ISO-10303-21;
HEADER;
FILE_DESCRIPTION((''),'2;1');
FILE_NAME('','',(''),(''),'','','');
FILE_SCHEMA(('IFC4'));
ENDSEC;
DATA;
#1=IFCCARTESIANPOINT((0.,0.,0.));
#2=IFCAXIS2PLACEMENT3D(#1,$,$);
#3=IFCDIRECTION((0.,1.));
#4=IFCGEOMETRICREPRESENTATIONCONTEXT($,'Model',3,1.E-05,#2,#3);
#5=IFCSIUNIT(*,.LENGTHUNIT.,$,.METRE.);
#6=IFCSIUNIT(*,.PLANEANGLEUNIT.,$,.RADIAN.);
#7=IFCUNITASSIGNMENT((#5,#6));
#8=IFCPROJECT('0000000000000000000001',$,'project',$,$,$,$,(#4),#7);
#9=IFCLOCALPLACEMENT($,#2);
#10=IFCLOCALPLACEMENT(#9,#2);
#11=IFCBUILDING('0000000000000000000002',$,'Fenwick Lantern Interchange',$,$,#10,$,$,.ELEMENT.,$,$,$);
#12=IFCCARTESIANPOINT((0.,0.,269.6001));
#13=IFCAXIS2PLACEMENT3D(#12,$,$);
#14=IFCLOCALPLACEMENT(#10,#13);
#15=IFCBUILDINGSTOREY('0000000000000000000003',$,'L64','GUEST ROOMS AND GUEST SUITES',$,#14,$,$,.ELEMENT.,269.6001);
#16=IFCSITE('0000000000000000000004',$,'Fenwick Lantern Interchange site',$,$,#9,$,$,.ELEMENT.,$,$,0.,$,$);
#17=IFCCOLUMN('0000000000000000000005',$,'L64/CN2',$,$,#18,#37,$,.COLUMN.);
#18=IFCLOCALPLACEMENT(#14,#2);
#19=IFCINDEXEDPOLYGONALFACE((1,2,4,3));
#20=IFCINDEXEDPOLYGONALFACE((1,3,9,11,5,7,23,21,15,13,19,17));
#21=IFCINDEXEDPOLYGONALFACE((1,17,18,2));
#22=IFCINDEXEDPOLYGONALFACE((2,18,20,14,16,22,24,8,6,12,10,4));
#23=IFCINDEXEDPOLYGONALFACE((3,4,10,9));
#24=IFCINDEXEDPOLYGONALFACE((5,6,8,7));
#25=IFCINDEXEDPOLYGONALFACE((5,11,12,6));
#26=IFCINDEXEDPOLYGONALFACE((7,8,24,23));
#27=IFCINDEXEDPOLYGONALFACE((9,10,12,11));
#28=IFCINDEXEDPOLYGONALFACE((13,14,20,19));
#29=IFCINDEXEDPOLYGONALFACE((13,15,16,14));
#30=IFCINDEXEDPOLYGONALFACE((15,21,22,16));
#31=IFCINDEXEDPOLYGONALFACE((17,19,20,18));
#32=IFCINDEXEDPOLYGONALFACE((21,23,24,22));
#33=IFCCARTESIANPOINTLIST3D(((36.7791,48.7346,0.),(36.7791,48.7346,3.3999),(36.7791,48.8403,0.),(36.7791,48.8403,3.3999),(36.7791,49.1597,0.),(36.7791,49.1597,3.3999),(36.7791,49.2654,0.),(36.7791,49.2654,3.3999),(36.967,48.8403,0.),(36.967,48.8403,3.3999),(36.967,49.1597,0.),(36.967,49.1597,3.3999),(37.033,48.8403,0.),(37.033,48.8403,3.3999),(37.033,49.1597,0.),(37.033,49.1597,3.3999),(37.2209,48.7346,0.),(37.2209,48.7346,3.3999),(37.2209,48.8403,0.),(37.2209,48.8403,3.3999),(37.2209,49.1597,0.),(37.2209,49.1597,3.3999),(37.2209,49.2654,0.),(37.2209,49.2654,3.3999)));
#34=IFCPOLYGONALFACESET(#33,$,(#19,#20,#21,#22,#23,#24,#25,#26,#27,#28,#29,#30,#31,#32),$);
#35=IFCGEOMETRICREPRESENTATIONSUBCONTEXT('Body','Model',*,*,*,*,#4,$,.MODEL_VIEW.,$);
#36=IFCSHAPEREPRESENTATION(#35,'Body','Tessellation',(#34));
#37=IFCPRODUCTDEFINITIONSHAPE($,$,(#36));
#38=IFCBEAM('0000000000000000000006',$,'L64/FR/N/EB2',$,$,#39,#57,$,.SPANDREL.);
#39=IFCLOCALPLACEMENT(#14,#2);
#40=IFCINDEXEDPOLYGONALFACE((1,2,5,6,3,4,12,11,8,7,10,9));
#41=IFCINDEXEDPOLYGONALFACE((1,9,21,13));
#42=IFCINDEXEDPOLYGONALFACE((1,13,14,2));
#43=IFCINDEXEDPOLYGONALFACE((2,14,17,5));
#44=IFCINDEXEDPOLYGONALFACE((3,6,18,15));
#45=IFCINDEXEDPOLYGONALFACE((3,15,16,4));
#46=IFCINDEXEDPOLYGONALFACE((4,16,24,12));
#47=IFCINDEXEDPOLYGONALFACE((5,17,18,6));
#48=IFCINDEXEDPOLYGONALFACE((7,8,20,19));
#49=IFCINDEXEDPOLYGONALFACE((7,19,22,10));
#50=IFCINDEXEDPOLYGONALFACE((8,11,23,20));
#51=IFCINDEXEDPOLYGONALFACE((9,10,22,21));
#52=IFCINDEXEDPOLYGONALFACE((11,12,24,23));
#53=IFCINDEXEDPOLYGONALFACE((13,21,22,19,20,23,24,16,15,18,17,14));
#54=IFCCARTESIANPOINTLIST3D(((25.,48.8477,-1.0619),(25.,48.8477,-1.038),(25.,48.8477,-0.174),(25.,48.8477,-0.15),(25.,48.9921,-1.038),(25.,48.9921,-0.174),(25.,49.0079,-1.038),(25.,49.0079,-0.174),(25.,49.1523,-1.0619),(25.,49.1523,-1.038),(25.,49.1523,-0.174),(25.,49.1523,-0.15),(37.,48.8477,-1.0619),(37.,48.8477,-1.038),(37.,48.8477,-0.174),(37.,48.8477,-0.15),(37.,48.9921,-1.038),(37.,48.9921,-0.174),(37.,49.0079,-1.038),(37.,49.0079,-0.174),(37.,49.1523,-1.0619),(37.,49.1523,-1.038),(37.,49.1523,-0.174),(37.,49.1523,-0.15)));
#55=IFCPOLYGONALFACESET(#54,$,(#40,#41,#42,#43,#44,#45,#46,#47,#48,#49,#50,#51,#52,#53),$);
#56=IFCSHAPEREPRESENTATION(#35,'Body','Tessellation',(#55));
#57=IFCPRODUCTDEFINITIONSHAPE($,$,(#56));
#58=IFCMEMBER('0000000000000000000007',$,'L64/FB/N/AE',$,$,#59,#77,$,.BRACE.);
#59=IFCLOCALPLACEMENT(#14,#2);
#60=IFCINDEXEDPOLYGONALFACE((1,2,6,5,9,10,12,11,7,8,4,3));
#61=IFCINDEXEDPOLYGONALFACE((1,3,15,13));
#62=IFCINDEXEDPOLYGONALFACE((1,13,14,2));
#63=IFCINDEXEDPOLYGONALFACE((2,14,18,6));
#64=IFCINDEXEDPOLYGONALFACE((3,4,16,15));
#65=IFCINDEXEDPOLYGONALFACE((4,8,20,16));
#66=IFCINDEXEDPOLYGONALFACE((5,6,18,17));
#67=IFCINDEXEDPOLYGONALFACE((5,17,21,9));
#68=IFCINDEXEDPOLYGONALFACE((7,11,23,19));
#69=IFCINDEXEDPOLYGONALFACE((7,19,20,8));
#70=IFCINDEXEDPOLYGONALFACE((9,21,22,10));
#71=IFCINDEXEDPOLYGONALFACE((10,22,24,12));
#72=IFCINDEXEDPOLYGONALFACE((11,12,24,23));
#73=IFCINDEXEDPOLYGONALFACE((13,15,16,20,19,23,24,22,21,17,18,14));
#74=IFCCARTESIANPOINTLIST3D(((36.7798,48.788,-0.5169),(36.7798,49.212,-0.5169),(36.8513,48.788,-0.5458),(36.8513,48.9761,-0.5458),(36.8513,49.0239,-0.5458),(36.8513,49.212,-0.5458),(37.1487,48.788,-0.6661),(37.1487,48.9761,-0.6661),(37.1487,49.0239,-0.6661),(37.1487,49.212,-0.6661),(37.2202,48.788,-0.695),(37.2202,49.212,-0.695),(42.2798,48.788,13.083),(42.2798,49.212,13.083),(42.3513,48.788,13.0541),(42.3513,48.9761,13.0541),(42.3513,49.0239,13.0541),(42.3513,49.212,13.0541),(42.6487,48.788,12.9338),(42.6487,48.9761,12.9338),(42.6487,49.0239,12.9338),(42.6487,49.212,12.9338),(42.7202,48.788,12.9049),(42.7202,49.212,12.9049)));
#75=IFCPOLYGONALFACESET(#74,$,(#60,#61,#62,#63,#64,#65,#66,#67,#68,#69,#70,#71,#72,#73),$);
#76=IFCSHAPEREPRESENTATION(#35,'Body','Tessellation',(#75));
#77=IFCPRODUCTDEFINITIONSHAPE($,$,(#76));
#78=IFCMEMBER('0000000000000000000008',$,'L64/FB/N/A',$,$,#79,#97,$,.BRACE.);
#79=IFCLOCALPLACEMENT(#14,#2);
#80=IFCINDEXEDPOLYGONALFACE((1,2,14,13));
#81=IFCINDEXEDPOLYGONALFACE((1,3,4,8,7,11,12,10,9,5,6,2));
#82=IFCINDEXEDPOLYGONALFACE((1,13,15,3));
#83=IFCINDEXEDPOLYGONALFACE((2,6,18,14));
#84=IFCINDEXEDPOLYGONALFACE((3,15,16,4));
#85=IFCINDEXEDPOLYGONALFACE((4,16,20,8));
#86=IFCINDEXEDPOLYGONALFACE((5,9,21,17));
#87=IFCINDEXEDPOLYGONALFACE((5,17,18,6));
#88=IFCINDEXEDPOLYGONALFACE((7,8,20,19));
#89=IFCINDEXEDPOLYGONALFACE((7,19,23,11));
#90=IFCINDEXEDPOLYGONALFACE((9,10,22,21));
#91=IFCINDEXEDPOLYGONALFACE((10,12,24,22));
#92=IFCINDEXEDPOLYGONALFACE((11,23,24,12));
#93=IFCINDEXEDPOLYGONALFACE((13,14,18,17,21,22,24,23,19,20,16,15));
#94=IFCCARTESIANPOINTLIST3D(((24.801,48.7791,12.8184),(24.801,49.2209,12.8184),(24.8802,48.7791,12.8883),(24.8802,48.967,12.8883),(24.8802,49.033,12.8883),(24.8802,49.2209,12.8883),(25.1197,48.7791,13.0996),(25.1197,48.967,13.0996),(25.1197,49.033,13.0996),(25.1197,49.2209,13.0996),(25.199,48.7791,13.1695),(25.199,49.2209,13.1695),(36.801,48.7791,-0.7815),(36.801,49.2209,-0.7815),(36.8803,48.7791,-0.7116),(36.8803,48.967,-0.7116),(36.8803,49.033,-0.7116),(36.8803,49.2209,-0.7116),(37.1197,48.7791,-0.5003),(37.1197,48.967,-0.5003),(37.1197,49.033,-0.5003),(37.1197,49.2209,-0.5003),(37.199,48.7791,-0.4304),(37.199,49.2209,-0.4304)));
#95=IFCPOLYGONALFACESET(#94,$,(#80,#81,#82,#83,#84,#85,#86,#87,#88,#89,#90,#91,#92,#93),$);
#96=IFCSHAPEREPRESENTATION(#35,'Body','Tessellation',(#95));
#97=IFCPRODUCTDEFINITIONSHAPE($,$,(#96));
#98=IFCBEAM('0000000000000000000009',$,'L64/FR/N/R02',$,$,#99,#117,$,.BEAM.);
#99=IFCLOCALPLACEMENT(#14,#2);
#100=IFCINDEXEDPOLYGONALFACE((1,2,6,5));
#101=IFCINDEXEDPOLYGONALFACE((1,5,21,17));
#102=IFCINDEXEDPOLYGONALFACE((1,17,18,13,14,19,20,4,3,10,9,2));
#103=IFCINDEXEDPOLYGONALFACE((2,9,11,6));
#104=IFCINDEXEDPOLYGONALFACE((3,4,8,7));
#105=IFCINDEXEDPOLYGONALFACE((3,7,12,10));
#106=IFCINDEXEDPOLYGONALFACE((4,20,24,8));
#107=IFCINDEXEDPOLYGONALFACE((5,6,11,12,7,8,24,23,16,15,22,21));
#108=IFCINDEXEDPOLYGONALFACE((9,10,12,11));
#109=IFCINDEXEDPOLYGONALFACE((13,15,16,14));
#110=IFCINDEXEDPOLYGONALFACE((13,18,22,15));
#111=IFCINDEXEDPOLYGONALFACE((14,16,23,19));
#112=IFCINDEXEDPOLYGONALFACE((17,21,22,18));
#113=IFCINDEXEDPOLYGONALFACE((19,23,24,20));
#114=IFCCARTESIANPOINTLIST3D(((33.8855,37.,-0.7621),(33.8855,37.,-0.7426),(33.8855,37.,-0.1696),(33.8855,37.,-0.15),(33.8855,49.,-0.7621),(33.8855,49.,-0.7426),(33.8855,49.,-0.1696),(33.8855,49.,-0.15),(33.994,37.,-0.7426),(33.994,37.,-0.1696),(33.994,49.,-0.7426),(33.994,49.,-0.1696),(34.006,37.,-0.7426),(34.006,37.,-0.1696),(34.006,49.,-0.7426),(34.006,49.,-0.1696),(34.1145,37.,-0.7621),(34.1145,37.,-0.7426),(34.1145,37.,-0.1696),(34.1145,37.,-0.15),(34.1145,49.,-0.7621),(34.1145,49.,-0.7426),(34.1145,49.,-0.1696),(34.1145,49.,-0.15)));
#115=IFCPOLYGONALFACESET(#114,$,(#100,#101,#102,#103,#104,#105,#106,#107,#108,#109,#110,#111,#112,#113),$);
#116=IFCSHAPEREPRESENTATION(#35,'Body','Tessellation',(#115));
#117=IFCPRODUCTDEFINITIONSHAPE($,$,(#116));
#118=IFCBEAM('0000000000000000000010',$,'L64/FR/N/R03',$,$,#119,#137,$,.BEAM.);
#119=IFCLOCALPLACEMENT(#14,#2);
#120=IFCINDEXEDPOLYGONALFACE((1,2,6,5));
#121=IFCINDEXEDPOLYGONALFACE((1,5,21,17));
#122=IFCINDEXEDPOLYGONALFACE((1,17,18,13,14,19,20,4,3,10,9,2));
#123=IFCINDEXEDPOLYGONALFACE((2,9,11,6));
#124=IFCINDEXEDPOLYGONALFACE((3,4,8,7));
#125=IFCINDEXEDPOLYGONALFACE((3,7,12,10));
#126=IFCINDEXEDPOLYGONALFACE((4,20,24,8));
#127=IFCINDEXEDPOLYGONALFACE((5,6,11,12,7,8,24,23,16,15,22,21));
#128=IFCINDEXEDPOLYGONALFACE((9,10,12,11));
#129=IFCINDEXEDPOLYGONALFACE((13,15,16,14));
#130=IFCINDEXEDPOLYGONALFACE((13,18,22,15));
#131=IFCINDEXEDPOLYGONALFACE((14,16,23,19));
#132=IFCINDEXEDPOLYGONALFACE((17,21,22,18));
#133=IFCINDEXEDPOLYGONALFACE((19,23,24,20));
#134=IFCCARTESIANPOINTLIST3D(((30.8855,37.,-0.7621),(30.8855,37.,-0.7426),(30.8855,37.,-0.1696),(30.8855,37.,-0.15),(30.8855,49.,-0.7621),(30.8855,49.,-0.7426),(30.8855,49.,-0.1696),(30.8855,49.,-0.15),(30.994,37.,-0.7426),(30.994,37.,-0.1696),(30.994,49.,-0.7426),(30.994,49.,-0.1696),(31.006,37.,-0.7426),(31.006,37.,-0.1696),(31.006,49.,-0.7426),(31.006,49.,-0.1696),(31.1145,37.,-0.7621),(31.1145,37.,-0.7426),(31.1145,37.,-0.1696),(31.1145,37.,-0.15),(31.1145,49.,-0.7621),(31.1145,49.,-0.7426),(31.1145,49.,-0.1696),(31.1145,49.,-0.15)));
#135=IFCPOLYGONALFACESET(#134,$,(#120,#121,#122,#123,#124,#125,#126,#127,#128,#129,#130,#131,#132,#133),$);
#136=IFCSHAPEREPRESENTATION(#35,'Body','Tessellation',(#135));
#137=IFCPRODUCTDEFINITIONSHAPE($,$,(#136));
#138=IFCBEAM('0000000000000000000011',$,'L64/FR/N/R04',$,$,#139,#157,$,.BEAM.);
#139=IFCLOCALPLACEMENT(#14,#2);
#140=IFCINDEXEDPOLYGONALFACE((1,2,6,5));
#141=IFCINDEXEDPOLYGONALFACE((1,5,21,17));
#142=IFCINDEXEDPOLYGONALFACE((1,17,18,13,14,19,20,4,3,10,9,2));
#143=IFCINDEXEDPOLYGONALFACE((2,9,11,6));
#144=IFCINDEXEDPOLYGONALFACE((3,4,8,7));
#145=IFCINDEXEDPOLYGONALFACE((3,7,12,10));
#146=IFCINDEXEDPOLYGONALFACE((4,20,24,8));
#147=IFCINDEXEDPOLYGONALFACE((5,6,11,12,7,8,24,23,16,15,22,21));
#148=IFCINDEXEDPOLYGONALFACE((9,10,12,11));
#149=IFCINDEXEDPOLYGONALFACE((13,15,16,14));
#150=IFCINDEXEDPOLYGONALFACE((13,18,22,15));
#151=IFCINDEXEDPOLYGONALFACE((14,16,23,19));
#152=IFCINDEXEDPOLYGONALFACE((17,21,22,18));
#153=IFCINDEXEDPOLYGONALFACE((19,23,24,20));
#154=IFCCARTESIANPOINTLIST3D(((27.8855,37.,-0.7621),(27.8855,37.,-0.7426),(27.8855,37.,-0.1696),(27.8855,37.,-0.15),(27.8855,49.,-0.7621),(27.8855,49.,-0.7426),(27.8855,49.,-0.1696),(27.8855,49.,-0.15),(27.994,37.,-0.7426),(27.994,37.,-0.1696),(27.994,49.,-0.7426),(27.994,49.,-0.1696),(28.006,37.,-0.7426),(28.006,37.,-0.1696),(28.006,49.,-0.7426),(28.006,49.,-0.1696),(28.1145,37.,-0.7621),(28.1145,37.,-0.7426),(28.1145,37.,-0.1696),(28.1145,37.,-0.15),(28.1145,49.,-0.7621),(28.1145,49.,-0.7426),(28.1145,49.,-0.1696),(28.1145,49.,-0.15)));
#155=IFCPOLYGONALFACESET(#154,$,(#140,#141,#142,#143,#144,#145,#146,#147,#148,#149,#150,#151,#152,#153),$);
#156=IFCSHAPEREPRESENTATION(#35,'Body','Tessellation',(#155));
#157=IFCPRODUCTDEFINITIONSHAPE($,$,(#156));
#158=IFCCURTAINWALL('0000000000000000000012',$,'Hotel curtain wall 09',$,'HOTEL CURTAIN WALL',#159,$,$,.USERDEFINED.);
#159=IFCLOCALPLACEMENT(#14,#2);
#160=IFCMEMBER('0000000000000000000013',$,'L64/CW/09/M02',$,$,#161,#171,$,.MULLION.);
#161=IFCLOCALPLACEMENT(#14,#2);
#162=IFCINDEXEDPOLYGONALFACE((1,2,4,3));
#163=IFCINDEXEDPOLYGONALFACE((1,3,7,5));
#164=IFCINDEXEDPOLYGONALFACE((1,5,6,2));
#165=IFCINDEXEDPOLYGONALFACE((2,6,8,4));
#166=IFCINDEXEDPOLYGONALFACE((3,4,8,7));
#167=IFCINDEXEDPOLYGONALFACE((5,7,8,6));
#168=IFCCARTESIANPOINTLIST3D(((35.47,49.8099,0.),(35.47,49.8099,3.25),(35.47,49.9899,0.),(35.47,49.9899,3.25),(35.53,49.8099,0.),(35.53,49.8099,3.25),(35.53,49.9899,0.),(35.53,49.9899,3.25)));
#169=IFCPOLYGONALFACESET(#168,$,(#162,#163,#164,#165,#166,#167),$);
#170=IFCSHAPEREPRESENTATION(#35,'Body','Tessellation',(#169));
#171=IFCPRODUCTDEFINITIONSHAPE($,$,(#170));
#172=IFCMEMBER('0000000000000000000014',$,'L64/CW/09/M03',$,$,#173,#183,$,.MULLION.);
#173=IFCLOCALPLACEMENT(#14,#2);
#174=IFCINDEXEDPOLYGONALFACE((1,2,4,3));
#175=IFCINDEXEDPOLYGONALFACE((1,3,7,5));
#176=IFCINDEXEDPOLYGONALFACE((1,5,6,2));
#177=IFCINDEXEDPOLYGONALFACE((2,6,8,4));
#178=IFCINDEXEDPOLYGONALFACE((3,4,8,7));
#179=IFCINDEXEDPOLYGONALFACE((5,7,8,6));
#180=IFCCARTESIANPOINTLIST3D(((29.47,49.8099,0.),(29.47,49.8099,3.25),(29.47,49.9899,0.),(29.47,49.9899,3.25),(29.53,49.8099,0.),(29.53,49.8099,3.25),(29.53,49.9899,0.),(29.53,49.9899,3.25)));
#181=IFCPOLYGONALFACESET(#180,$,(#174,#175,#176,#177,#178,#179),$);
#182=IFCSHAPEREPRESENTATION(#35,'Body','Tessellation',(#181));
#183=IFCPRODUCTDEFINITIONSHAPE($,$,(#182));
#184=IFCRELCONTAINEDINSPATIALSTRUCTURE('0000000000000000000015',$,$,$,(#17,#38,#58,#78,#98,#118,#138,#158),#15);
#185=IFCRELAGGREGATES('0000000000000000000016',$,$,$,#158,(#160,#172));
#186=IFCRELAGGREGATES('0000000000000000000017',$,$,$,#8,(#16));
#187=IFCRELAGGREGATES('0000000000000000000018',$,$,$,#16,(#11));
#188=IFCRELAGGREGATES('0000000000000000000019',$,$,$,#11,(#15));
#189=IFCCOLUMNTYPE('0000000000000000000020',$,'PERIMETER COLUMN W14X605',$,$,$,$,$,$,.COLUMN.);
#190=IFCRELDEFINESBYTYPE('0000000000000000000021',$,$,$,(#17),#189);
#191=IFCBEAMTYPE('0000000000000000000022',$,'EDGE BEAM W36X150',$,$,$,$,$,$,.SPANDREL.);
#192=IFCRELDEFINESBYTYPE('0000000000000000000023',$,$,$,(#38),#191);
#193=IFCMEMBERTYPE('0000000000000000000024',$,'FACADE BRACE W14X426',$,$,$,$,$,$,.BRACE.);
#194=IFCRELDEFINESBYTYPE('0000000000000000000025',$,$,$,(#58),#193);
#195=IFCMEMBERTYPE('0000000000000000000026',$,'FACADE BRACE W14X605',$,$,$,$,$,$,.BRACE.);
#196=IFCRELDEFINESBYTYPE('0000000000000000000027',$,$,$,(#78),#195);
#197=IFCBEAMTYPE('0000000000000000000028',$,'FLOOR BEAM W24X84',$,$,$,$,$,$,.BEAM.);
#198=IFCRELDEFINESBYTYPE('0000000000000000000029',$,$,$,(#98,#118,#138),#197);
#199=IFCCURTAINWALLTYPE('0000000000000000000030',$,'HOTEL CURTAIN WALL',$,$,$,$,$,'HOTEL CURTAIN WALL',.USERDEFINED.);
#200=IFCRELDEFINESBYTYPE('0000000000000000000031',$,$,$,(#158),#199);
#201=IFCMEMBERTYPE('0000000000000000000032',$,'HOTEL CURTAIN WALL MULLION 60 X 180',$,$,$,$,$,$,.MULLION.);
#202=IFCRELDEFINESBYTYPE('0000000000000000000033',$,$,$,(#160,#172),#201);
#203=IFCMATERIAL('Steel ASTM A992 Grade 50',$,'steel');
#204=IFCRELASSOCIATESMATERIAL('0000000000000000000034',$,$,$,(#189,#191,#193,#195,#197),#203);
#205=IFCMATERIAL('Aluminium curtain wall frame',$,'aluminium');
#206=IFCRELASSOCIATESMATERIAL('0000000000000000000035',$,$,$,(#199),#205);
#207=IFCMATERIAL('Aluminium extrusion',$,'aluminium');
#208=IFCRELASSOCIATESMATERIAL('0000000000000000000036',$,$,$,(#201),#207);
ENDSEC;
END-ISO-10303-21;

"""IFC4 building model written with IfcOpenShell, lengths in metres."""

from ifc_helpers import new_model, si_unit, direction, frame, origin, origin_2d, place, context, subcontext, project, spatial, rectangle, i_section, extrude, material, material_profile, profile_set, type_object, element, aggregate, save


model = new_model("IFC4")

# Units and contexts
model_context = context("Model", 3, precision=1e-05, world=origin(), true_north=direction((0.0, 1.0)))
body_context = subcontext(model_context, "Body", "Model", "MODEL_VIEW")
ifc_project = project(units=[si_unit("LENGTHUNIT", "METRE"), si_unit("PLANEANGLEUNIT", "RADIAN")], contexts=[model_context])

# Site, building, storey
site_placement = place(None, origin())
site = spatial("IfcSite", under=ifc_project, at=site_placement, Name="Fenwick Lantern Interchange site", CompositionType="ELEMENT", RefElevation=0.0)
building_placement = place(site_placement, origin())
building = spatial("IfcBuilding", under=site, at=building_placement, Name="Fenwick Lantern Interchange", CompositionType="ELEMENT")
storey_placement = place(building_placement, frame((0.0, 0.0, 269.6001)))
storey = spatial("IfcBuildingStorey", under=building, at=storey_placement, Name="L64", Description="GUEST ROOMS AND GUEST SUITES", CompositionType="ELEMENT", Elevation=269.6001)

# Column
ifc_material_1 = material(Name="Steel ASTM A992 Grade 50", Category="steel")
ifc_material_profile_1 = material_profile(ifc_material_1, i_section(OverallWidth=0.4419, OverallDepth=0.5308, WebThickness=0.0659, FlangeThickness=0.1057, at=origin_2d()), Name="W14X605")
ifc_profile_set_1 = profile_set([ifc_material_profile_1], Name="Steel ASTM A992 Grade 50")
column_type = type_object("IfcColumnType", Name="PERIMETER COLUMN W14X605", PredefinedType="COLUMN", material=ifc_profile_set_1)
column_placement = place(storey_placement, frame((37.0, 49.0, 0.0), z_axis=(0.0, 0.0, 1.0), x_axis=(1.0, 0.0, 0.0)))
element("IfcColumn", 1, at=column_placement, inside=storey, type_object=column_type, Name="L64/CN2", PredefinedType="COLUMN", context=body_context, shape_type="SweptSolid", body=[
    extrude(i_section(OverallWidth=0.4419, OverallDepth=0.5308, WebThickness=0.0659, FlangeThickness=0.1057, at=origin_2d()), origin(), (0.0, 0.0, 1.0), 3.3999),
])

# Beam
ifc_material_profile_2 = material_profile(ifc_material_1, i_section(OverallWidth=0.3047, OverallDepth=0.9119, WebThickness=0.0159, FlangeThickness=0.0239, at=origin_2d()), Name="W36X150")
ifc_profile_set_2 = profile_set([ifc_material_profile_2], Name="Steel ASTM A992 Grade 50")
beam_type_1 = type_object("IfcBeamType", Name="EDGE BEAM W36X150", PredefinedType="SPANDREL", material=ifc_profile_set_2)
beam_1_placement = place(storey_placement, frame((37.0, 49.0, -0.606), z_axis=(-1.0, 0.0, 0.0), x_axis=(0.0, -1.0, 0.0)))
element("IfcBeam", 2, at=beam_1_placement, inside=storey, type_object=beam_type_1, Name="L64/FR/N/EB2", PredefinedType="SPANDREL", context=body_context, shape_type="SweptSolid", body=[
    extrude(i_section(OverallWidth=0.3047, OverallDepth=0.9119, WebThickness=0.0159, FlangeThickness=0.0239, at=origin_2d()), origin(), (0.0, 0.0, 1.0), 12.0),
])

# Members
ifc_material_profile_3 = material_profile(ifc_material_1, i_section(OverallWidth=0.4241, OverallDepth=0.4751, WebThickness=0.0479, FlangeThickness=0.0771, at=origin_2d()), Name="W14X426")
ifc_profile_set_3 = profile_set([ifc_material_profile_3], Name="Steel ASTM A992 Grade 50")
member_type_1 = type_object("IfcMemberType", Name="FACADE BRACE W14X426", PredefinedType="BRACE", material=ifc_profile_set_3)
member_1_placement = place(storey_placement, frame((37.0, 49.0, -0.606), z_axis=(0.374917, 0.0, 0.927058), x_axis=(0.0, 1.0, 0.0)))
element("IfcMember", 3, at=member_1_placement, inside=storey, type_object=member_type_1, Name="L64/FB/N/AE", PredefinedType="BRACE", context=body_context, shape_type="SweptSolid", body=[
    extrude(i_section(OverallWidth=0.4241, OverallDepth=0.4751, WebThickness=0.0479, FlangeThickness=0.0771, at=origin_2d()), origin(), (0.0, 0.0, 1.0), 14.6699),
])
ifc_material_profile_4 = material_profile(ifc_material_1, i_section(OverallWidth=0.4419, OverallDepth=0.5308, WebThickness=0.0659, FlangeThickness=0.1057, at=origin_2d()), Name="W14X605")
ifc_profile_set_4 = profile_set([ifc_material_profile_4], Name="Steel ASTM A992 Grade 50")
member_type_2 = type_object("IfcMemberType", Name="FACADE BRACE W14X605", PredefinedType="BRACE", material=ifc_profile_set_4)
member_2_placement = place(storey_placement, frame((37.0, 49.0, -0.606), z_axis=(-0.661626, 0.0, 0.749834), x_axis=(0.0, -1.0, 0.0)))
element("IfcMember", 4, at=member_2_placement, inside=storey, type_object=member_type_2, Name="L64/FB/N/A", PredefinedType="BRACE", context=body_context, shape_type="SweptSolid", body=[
    extrude(i_section(OverallWidth=0.4419, OverallDepth=0.5308, WebThickness=0.0659, FlangeThickness=0.1057, at=origin_2d()), origin(), (0.0, 0.0, 1.0), 18.1372),
])

# Beams
ifc_material_profile_5 = material_profile(ifc_material_1, i_section(OverallWidth=0.229, OverallDepth=0.6121, WebThickness=0.012, FlangeThickness=0.0195, at=origin_2d()), Name="W24X84")
ifc_profile_set_5 = profile_set([ifc_material_profile_5], Name="Steel ASTM A992 Grade 50")
beam_type_2 = type_object("IfcBeamType", Name="FLOOR BEAM W24X84", PredefinedType="BEAM", material=ifc_profile_set_5)
for number, where, z_axis, x_axis, name in (
    (5, (34.0, 49.0, -0.4561), (0.0, -1.0, 0.0), (1.0, 0.0, 0.0), "L64/FR/N/R02"),
    (6, (31.0, 49.0, -0.4561), (0.0, -1.0, 0.0), (1.0, 0.0, 0.0), "L64/FR/N/R03"),
    (7, (28.0, 49.0, -0.4561), (0.0, -1.0, 0.0), (1.0, 0.0, 0.0), "L64/FR/N/R04"),
):
    element("IfcBeam", number, at=place(storey_placement, frame(where, z_axis=z_axis, x_axis=x_axis)), inside=storey, type_object=beam_type_2, Name=name, PredefinedType="BEAM", context=body_context, shape_type="SweptSolid", body=[
        extrude(i_section(OverallWidth=0.229, OverallDepth=0.6121, WebThickness=0.012, FlangeThickness=0.0195, at=origin_2d()), origin(), (0.0, 0.0, 1.0), 12.0),
    ])

# Curtain wall, members
ifc_material_2 = material(Name="Aluminium curtain wall frame", Category="aluminium")
curtain_wall_type = type_object("IfcCurtainWallType", Name="HOTEL CURTAIN WALL", ElementType="HOTEL CURTAIN WALL", PredefinedType="USERDEFINED", material=ifc_material_2)
curtain_wall_placement = place(storey_placement, origin())
curtain_wall = element("IfcCurtainWall", 8, at=curtain_wall_placement, inside=storey, type_object=curtain_wall_type, Name="Hotel curtain wall 09", ObjectType="HOTEL CURTAIN WALL", PredefinedType="USERDEFINED")
ifc_material_3 = material(Name="Aluminium extrusion", Category="aluminium")
ifc_material_profile_6 = material_profile(ifc_material_3, rectangle(XDim=0.1799, YDim=0.0601, at=origin_2d()), Name="HOTEL CURTAIN WALL MULLION 60 X 180")
ifc_profile_set_6 = profile_set([ifc_material_profile_6], Name="Aluminium extrusion")
member_type_3 = type_object("IfcMemberType", Name="HOTEL CURTAIN WALL MULLION 60 X 180", PredefinedType="MULLION", material=ifc_profile_set_6)
member_3_placement = place(storey_placement, frame((35.5, 49.8999, 0.0), z_axis=(0.0, 0.0, 1.0), x_axis=(0.0, -1.0, 0.0)))
member_3 = element("IfcMember", 9, at=member_3_placement, type_object=member_type_3, Name="L64/CW/09/M02", PredefinedType="MULLION", context=body_context, shape_type="SweptSolid", body=[
    extrude(rectangle(XDim=0.1799, YDim=0.0601, at=origin_2d()), origin(), (0.0, 0.0, 1.0), 3.25),
])
member_4_placement = place(storey_placement, frame((29.5, 49.8999, 0.0), z_axis=(0.0, 0.0, 1.0), x_axis=(0.0, -1.0, 0.0)))
member_4 = element("IfcMember", 10, at=member_4_placement, type_object=member_type_3, Name="L64/CW/09/M03", PredefinedType="MULLION", context=body_context, shape_type="SweptSolid", body=[
    extrude(rectangle(XDim=0.1799, YDim=0.0601, at=origin_2d()), origin(), (0.0, 0.0, 1.0), 3.25),
])
aggregate(curtain_wall, [member_3, member_4])

save(model, "model.ifc")
